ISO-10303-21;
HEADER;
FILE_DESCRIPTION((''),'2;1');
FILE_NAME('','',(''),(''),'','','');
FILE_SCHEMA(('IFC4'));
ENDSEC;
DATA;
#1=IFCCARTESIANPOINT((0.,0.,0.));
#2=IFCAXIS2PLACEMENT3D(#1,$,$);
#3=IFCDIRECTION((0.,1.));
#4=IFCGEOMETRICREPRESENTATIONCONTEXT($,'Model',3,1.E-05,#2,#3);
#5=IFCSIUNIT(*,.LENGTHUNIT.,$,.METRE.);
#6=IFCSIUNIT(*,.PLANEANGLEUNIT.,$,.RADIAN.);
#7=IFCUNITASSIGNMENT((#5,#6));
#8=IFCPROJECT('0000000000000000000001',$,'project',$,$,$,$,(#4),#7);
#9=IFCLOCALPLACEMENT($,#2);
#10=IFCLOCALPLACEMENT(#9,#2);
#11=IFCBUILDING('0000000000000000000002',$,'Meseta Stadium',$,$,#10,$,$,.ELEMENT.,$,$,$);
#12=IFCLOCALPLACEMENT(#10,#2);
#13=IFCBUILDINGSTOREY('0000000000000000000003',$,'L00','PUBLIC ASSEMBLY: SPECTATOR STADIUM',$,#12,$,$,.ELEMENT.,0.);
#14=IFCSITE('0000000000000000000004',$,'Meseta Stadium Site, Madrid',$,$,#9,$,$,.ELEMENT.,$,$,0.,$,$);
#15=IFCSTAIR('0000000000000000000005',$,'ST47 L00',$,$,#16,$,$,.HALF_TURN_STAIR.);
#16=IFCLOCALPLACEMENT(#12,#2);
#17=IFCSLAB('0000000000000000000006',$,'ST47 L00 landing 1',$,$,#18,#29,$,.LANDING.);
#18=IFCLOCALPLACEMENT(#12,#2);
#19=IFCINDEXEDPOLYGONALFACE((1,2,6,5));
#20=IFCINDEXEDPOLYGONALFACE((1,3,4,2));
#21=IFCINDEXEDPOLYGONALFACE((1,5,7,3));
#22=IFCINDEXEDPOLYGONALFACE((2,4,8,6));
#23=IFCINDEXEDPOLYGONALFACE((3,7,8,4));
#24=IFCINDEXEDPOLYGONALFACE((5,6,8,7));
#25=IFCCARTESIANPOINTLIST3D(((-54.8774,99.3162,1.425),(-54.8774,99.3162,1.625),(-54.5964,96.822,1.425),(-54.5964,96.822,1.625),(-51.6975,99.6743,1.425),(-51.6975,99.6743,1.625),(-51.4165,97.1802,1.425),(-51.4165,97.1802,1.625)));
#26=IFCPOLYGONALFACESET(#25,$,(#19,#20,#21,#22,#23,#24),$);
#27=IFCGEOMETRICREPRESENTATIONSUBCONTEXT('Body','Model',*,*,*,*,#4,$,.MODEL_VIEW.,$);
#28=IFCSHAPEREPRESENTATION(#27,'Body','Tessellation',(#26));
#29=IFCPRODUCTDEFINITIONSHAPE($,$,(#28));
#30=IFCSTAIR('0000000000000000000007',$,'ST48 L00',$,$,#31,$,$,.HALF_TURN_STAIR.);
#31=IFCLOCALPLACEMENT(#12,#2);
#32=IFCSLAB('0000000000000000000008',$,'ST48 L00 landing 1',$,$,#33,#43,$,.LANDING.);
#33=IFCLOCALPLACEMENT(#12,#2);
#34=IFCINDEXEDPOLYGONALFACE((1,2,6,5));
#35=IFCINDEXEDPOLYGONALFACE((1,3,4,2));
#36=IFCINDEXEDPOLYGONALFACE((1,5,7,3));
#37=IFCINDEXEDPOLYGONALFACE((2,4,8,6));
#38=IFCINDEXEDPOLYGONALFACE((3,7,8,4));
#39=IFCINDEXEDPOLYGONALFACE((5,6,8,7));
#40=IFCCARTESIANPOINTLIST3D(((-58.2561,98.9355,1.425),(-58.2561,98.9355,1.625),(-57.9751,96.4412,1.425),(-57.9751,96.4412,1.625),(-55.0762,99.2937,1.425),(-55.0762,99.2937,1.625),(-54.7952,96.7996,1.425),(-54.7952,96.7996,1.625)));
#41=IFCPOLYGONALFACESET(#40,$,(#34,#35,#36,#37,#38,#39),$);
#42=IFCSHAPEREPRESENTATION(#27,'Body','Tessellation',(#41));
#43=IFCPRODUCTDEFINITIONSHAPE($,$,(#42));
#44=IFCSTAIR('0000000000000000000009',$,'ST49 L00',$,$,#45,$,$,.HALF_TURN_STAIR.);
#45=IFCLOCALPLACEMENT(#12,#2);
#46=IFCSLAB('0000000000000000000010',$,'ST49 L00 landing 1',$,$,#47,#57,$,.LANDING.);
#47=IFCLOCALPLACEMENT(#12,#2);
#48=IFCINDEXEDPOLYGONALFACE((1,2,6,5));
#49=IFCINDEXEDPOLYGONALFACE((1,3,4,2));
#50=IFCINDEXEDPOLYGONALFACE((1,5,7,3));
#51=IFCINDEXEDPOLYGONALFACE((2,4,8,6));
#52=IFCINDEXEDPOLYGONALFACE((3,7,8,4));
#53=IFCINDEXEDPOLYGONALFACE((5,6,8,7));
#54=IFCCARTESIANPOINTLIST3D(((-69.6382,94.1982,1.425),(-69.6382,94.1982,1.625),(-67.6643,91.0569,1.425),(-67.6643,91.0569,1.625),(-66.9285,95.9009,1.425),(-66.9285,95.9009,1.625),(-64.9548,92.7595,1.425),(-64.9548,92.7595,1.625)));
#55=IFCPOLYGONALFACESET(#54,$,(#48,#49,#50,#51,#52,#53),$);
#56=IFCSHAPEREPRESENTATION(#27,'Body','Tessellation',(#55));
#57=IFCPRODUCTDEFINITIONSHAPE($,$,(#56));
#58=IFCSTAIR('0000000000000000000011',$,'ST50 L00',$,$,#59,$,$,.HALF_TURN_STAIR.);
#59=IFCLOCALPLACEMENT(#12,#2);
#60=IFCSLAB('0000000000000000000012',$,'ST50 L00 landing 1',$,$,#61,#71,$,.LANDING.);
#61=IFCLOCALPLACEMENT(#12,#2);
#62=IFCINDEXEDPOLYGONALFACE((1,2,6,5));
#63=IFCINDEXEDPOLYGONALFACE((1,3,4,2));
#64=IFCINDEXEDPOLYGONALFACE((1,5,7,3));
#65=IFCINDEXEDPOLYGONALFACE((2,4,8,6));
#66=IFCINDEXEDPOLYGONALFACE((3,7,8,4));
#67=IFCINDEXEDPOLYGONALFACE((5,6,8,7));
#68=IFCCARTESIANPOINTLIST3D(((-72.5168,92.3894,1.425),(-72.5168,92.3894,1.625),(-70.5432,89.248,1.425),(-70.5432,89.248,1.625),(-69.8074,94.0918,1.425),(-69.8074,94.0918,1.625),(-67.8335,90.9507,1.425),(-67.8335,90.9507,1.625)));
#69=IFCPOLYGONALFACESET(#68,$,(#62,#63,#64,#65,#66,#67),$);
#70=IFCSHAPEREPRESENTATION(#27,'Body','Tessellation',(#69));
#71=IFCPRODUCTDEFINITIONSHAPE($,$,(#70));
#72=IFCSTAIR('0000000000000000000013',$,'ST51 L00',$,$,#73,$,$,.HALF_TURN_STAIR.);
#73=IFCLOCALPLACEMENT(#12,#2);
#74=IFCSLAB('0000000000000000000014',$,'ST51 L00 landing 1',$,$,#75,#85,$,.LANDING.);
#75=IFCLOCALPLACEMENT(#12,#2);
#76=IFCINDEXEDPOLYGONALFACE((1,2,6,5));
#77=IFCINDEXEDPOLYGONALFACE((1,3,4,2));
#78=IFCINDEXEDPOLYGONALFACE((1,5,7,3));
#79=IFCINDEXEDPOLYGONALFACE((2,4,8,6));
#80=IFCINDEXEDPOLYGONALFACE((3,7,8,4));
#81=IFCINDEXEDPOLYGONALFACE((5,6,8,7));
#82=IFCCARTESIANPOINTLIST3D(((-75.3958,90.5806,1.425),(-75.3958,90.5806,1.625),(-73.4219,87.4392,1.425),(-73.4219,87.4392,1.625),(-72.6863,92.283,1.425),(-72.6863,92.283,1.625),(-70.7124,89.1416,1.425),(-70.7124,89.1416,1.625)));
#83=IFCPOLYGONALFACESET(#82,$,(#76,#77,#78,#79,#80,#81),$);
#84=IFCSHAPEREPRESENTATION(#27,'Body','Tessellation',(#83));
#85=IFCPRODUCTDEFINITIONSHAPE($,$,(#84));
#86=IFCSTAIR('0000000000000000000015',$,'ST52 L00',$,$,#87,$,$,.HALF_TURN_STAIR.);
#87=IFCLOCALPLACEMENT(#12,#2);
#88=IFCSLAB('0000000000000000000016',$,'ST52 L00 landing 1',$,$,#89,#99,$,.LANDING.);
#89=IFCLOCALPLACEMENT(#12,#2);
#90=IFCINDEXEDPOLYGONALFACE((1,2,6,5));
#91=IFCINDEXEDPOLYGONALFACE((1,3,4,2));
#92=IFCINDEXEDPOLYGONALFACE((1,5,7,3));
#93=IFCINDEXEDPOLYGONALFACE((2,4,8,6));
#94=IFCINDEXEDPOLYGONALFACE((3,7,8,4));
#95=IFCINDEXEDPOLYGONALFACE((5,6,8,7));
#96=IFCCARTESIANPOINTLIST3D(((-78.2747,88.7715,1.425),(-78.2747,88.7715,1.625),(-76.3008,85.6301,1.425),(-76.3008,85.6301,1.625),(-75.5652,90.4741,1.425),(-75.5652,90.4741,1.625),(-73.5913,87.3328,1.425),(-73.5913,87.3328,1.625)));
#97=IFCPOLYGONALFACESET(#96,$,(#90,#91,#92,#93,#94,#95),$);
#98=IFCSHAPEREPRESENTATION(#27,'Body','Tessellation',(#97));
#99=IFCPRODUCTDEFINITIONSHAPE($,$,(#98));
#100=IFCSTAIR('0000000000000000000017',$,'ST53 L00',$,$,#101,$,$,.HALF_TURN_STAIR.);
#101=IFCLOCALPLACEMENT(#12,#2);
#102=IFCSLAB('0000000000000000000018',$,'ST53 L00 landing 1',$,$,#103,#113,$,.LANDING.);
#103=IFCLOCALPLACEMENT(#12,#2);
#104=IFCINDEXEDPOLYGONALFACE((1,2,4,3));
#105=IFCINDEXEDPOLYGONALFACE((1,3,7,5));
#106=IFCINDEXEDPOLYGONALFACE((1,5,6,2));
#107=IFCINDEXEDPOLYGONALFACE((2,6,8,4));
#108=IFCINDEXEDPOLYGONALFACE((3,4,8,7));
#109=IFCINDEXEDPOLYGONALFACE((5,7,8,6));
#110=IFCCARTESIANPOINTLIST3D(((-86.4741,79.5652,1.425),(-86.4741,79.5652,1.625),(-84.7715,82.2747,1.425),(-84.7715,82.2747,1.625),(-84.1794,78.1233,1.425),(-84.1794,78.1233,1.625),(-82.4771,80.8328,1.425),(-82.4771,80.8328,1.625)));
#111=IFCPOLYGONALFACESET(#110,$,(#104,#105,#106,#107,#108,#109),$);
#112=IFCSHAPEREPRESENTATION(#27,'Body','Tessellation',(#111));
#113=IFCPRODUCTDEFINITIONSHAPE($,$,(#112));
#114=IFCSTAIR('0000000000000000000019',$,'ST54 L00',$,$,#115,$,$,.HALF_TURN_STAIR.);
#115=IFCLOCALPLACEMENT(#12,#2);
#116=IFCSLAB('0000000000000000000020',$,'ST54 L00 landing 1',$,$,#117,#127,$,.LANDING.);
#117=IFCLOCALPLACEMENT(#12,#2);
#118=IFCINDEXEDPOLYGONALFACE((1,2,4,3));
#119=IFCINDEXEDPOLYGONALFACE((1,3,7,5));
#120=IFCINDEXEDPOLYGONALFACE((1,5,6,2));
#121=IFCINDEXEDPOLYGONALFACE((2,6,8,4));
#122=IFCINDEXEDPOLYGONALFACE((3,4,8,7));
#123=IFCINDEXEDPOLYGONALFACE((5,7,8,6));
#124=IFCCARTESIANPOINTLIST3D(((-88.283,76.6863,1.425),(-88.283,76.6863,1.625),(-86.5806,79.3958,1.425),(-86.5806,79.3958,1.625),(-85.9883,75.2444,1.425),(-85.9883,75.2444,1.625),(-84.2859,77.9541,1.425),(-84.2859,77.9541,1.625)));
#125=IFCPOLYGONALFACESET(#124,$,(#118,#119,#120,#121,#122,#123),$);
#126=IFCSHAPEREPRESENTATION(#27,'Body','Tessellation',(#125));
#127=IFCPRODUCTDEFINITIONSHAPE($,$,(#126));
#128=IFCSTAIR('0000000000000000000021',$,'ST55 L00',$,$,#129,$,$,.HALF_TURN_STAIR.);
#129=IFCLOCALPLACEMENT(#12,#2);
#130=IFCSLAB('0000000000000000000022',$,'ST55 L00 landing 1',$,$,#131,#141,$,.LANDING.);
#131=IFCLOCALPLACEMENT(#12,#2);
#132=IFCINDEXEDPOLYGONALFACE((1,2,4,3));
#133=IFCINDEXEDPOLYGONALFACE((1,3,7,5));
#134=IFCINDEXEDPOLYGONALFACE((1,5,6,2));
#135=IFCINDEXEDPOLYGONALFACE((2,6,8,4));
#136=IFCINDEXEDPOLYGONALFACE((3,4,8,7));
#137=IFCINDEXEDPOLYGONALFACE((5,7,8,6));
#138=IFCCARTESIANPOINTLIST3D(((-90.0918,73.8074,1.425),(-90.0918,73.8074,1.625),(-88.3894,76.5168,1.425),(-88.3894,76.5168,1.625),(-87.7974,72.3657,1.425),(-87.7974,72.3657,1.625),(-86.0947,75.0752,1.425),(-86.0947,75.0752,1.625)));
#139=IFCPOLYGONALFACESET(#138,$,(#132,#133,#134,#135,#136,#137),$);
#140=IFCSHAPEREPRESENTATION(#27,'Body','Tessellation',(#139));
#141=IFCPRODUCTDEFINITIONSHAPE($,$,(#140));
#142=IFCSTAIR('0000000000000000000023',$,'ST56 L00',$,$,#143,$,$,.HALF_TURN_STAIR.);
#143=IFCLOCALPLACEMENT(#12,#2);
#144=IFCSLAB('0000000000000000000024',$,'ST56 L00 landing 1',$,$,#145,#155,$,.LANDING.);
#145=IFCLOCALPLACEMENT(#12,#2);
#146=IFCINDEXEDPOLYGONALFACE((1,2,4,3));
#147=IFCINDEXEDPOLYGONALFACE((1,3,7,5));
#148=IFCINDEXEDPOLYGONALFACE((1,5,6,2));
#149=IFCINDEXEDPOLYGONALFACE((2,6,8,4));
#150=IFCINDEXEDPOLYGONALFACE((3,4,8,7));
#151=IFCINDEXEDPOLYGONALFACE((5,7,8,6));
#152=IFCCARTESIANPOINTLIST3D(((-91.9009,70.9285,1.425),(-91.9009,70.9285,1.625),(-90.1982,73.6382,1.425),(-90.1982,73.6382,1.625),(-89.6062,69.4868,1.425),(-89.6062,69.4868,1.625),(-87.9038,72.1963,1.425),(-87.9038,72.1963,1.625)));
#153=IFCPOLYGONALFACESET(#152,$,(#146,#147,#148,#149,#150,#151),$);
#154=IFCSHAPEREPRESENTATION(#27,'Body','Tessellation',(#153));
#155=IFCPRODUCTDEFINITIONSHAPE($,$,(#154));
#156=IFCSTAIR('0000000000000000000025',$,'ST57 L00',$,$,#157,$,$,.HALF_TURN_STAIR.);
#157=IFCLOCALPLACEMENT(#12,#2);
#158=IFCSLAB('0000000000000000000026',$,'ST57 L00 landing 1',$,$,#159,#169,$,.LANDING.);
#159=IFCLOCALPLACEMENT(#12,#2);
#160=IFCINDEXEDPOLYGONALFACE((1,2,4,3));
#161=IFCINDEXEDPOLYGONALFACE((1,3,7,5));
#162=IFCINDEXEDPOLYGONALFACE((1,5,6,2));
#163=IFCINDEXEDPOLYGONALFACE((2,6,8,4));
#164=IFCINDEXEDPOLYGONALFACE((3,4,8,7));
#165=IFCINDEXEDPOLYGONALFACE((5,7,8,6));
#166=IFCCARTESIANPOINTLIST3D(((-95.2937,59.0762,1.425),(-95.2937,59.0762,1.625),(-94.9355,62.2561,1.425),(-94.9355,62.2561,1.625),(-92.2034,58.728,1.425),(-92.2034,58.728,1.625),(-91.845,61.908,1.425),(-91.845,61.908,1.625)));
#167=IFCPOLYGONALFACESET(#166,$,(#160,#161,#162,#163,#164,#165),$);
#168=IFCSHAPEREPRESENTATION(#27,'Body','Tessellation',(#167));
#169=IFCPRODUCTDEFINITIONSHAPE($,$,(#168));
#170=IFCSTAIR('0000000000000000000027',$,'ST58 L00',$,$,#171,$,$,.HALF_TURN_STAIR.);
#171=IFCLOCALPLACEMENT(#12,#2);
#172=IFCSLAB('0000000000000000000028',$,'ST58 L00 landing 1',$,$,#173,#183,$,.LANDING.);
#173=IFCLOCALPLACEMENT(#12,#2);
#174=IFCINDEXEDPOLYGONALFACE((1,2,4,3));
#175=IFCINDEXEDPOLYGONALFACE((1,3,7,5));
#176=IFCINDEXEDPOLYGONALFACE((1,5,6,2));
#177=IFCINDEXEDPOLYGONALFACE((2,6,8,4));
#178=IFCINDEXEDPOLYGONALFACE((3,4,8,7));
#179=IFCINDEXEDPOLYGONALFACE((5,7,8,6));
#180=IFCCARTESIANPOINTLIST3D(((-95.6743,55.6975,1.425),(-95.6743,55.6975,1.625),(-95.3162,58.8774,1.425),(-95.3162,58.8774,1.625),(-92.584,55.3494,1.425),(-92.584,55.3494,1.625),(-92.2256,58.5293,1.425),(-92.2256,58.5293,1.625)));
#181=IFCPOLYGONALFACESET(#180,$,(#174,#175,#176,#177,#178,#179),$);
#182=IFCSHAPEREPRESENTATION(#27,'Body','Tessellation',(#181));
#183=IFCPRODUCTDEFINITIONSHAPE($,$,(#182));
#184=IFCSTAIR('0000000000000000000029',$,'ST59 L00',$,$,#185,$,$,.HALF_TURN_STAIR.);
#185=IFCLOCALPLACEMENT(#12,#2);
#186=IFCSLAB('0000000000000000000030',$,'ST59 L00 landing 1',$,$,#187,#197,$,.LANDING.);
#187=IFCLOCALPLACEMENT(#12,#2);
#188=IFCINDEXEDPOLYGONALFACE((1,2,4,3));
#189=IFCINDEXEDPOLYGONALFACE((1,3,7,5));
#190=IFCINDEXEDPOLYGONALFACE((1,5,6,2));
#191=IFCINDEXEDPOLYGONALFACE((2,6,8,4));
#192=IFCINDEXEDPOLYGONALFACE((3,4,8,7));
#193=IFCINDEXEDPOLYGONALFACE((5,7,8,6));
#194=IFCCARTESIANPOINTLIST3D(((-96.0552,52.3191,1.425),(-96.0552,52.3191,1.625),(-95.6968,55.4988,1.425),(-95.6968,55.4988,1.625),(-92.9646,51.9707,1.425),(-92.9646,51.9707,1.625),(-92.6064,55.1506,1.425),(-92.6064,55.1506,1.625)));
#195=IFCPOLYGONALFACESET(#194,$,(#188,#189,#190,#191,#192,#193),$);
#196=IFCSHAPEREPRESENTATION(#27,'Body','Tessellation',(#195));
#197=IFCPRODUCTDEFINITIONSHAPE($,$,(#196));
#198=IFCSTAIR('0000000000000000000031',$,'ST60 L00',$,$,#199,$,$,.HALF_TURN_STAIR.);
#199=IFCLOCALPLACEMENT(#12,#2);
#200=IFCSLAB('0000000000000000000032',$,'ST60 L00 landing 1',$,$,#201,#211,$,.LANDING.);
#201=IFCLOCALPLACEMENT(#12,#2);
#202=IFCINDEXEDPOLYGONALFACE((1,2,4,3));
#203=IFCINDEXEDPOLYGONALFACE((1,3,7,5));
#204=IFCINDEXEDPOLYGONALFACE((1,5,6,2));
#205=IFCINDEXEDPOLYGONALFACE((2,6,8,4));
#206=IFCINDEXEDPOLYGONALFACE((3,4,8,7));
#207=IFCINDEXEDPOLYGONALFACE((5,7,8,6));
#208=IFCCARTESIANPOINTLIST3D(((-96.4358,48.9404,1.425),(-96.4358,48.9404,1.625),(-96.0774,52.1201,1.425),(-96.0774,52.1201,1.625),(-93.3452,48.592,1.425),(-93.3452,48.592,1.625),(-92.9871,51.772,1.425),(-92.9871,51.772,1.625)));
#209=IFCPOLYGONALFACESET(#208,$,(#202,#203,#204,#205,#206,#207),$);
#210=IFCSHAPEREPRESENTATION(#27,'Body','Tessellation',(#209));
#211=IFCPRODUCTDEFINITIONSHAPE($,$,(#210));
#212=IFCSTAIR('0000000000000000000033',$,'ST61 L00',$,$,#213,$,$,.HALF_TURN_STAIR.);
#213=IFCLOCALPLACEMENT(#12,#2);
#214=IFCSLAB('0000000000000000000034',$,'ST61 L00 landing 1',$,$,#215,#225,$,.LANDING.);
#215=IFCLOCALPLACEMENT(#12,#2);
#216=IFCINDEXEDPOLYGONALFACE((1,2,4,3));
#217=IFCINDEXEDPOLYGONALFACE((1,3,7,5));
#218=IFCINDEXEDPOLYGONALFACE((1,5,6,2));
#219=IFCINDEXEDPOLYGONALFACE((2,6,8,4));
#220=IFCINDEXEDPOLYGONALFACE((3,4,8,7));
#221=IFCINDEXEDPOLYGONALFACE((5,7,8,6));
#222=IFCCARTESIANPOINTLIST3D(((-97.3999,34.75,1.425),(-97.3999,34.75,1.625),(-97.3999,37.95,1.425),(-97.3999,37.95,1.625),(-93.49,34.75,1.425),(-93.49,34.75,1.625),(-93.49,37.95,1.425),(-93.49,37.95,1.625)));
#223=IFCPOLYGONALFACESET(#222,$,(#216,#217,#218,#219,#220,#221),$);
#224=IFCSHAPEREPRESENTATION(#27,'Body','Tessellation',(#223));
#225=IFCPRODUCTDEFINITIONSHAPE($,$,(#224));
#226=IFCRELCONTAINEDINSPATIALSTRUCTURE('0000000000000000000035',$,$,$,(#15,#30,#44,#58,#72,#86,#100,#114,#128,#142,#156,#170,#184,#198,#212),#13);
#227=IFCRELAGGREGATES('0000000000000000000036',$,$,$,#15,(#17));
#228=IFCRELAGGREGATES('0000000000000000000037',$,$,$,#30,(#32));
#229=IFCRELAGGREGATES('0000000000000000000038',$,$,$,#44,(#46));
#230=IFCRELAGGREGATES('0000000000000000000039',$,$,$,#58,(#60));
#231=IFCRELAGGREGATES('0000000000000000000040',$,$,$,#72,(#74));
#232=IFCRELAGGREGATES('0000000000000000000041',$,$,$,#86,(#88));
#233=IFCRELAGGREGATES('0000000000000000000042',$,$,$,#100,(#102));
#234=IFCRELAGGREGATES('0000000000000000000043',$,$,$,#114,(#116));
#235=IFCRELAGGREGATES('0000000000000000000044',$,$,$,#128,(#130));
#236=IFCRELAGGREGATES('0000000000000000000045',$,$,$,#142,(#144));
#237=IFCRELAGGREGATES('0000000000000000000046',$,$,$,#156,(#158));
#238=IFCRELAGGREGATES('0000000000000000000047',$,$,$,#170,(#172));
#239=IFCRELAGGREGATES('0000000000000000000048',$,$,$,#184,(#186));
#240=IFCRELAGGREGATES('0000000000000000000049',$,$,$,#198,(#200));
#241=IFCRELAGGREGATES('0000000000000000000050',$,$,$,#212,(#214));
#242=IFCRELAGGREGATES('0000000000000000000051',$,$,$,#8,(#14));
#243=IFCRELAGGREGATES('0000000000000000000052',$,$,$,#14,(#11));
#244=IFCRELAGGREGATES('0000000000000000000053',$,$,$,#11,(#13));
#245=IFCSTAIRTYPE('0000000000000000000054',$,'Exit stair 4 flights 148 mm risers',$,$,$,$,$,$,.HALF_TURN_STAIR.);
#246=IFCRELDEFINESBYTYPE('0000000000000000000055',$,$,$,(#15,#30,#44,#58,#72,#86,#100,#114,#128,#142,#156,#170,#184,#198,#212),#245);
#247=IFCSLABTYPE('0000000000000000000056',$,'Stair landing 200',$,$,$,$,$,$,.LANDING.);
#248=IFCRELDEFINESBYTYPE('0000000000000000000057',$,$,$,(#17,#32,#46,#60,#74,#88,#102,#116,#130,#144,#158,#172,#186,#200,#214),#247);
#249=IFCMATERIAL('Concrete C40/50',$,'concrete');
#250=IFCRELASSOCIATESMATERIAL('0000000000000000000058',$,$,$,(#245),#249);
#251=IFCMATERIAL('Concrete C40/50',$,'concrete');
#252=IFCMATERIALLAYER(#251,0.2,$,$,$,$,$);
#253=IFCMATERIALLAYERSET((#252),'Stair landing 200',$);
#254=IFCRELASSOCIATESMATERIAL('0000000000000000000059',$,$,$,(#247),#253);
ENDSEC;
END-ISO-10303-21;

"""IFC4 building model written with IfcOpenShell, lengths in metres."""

from ifc_helpers import new_model, si_unit, direction, frame, origin, place, context, subcontext, project, spatial, polyline, outline, extrude, material, layer, layer_set, type_object, element, aggregate, save


model = new_model("IFC4")

# Units and contexts
model_context = context("Model", 3, precision=1e-05, world=origin(), true_north=direction((0.0, 1.0)))
body_context = subcontext(model_context, "Body", "Model", "MODEL_VIEW")
ifc_project = project(units=[si_unit("LENGTHUNIT", "METRE"), si_unit("PLANEANGLEUNIT", "RADIAN")], contexts=[model_context])

# Site, building, storey
site_placement = place(None, origin())
site = spatial("IfcSite", under=ifc_project, at=site_placement, Name="Meseta Stadium Site, Madrid", CompositionType="ELEMENT", RefElevation=0.0)
building_placement = place(site_placement, origin())
building = spatial("IfcBuilding", under=site, at=building_placement, Name="Meseta Stadium", CompositionType="ELEMENT")
storey_placement = place(building_placement, origin())
storey = spatial("IfcBuildingStorey", under=building, at=storey_placement, Name="L00", Description="PUBLIC ASSEMBLY: SPECTATOR STADIUM", CompositionType="ELEMENT", Elevation=0.0)

# Stairs, slabs
ifc_material_1 = material(Name="Concrete C40/50", Category="concrete")
stair_type = type_object("IfcStairType", Name="Exit stair 4 flights 148 mm risers", PredefinedType="HALF_TURN_STAIR", material=ifc_material_1)
stair_1_placement = place(storey_placement, origin())
stair_1 = element("IfcStair", 1, at=stair_1_placement, inside=storey, type_object=stair_type, Name="ST47 L00", PredefinedType="HALF_TURN_STAIR")
ifc_material_2 = material(Name="Concrete C40/50", Category="concrete")
ifc_layer = layer(ifc_material_2, 0.2)
ifc_layer_set = layer_set([ifc_layer], Name="Stair landing 200")
slab_type = type_object("IfcSlabType", Name="Stair landing 200", PredefinedType="LANDING", material=ifc_layer_set)
slab_1_placement = place(storey_placement, frame((0.0, 0.0, 1.425)))
slab_1 = element("IfcSlab", 2, at=slab_1_placement, type_object=slab_type, Name="ST47 L00 landing 1", PredefinedType="LANDING", context=body_context, shape_type="SweptSolid", body=[
    extrude(outline(polyline([(-51.4165, 97.1802), (-51.6975, 99.6743), (-54.8774, 99.3162), (-54.5964, 96.822), (-51.4165, 97.1802)])), origin(), (0.0, 0.0, 1.0), 0.2),
])
aggregate(stair_1, [slab_1])
stair_2_placement = place(storey_placement, origin())
stair_2 = element("IfcStair", 3, at=stair_2_placement, inside=storey, type_object=stair_type, Name="ST48 L00", PredefinedType="HALF_TURN_STAIR")
slab_2_placement = place(storey_placement, frame((0.0, 0.0, 1.425)))
slab_2 = element("IfcSlab", 4, at=slab_2_placement, type_object=slab_type, Name="ST48 L00 landing 1", PredefinedType="LANDING", context=body_context, shape_type="SweptSolid", body=[
    extrude(outline(polyline([(-54.7952, 96.7996), (-55.0762, 99.2937), (-58.2561, 98.9355), (-57.9751, 96.4412), (-54.7952, 96.7996)])), origin(), (0.0, 0.0, 1.0), 0.2),
])
aggregate(stair_2, [slab_2])
stair_3_placement = place(storey_placement, origin())
stair_3 = element("IfcStair", 5, at=stair_3_placement, inside=storey, type_object=stair_type, Name="ST49 L00", PredefinedType="HALF_TURN_STAIR")
slab_3_placement = place(storey_placement, frame((0.0, 0.0, 1.425)))
slab_3 = element("IfcSlab", 6, at=slab_3_placement, type_object=slab_type, Name="ST49 L00 landing 1", PredefinedType="LANDING", context=body_context, shape_type="SweptSolid", body=[
    extrude(outline(polyline([(-64.9548, 92.7595), (-66.9285, 95.9009), (-69.6382, 94.1982), (-67.6643, 91.0569), (-64.9548, 92.7595)])), origin(), (0.0, 0.0, 1.0), 0.2),
])
aggregate(stair_3, [slab_3])
stair_4_placement = place(storey_placement, origin())
stair_4 = element("IfcStair", 7, at=stair_4_placement, inside=storey, type_object=stair_type, Name="ST50 L00", PredefinedType="HALF_TURN_STAIR")
slab_4_placement = place(storey_placement, frame((0.0, 0.0, 1.425)))
slab_4 = element("IfcSlab", 8, at=slab_4_placement, type_object=slab_type, Name="ST50 L00 landing 1", PredefinedType="LANDING", context=body_context, shape_type="SweptSolid", body=[
    extrude(outline(polyline([(-67.8335, 90.9507), (-69.8074, 94.0918), (-72.5168, 92.3894), (-70.5432, 89.248), (-67.8335, 90.9507)])), origin(), (0.0, 0.0, 1.0), 0.2),
])
aggregate(stair_4, [slab_4])
stair_5_placement = place(storey_placement, origin())
stair_5 = element("IfcStair", 9, at=stair_5_placement, inside=storey, type_object=stair_type, Name="ST51 L00", PredefinedType="HALF_TURN_STAIR")
slab_5_placement = place(storey_placement, frame((0.0, 0.0, 1.425)))
slab_5 = element("IfcSlab", 10, at=slab_5_placement, type_object=slab_type, Name="ST51 L00 landing 1", PredefinedType="LANDING", context=body_context, shape_type="SweptSolid", body=[
    extrude(outline(polyline([(-70.7124, 89.1416), (-72.6863, 92.283), (-75.3958, 90.5806), (-73.4219, 87.4392), (-70.7124, 89.1416)])), origin(), (0.0, 0.0, 1.0), 0.2),
])
aggregate(stair_5, [slab_5])
stair_6_placement = place(storey_placement, origin())
stair_6 = element("IfcStair", 11, at=stair_6_placement, inside=storey, type_object=stair_type, Name="ST52 L00", PredefinedType="HALF_TURN_STAIR")
slab_6_placement = place(storey_placement, frame((0.0, 0.0, 1.425)))
slab_6 = element("IfcSlab", 12, at=slab_6_placement, type_object=slab_type, Name="ST52 L00 landing 1", PredefinedType="LANDING", context=body_context, shape_type="SweptSolid", body=[
    extrude(outline(polyline([(-73.5913, 87.3328), (-75.5652, 90.4741), (-78.2747, 88.7715), (-76.3008, 85.6301), (-73.5913, 87.3328)])), origin(), (0.0, 0.0, 1.0), 0.2),
])
aggregate(stair_6, [slab_6])
stair_7_placement = place(storey_placement, origin())
stair_7 = element("IfcStair", 13, at=stair_7_placement, inside=storey, type_object=stair_type, Name="ST53 L00", PredefinedType="HALF_TURN_STAIR")
slab_7_placement = place(storey_placement, frame((0.0, 0.0, 1.425)))
slab_7 = element("IfcSlab", 14, at=slab_7_placement, type_object=slab_type, Name="ST53 L00 landing 1", PredefinedType="LANDING", context=body_context, shape_type="SweptSolid", body=[
    extrude(outline(polyline([(-82.4771, 80.8328), (-84.7715, 82.2747), (-86.4741, 79.5652), (-84.1794, 78.1233), (-82.4771, 80.8328)])), origin(), (0.0, 0.0, 1.0), 0.2),
])
aggregate(stair_7, [slab_7])
stair_8_placement = place(storey_placement, origin())
stair_8 = element("IfcStair", 15, at=stair_8_placement, inside=storey, type_object=stair_type, Name="ST54 L00", PredefinedType="HALF_TURN_STAIR")
slab_8_placement = place(storey_placement, frame((0.0, 0.0, 1.425)))
slab_8 = element("IfcSlab", 16, at=slab_8_placement, type_object=slab_type, Name="ST54 L00 landing 1", PredefinedType="LANDING", context=body_context, shape_type="SweptSolid", body=[
    extrude(outline(polyline([(-84.2859, 77.9541), (-86.5806, 79.3958), (-88.283, 76.6863), (-85.9883, 75.2444), (-84.2859, 77.9541)])), origin(), (0.0, 0.0, 1.0), 0.2),
])
aggregate(stair_8, [slab_8])
stair_9_placement = place(storey_placement, origin())
stair_9 = element("IfcStair", 17, at=stair_9_placement, inside=storey, type_object=stair_type, Name="ST55 L00", PredefinedType="HALF_TURN_STAIR")
slab_9_placement = place(storey_placement, frame((0.0, 0.0, 1.425)))
slab_9 = element("IfcSlab", 18, at=slab_9_placement, type_object=slab_type, Name="ST55 L00 landing 1", PredefinedType="LANDING", context=body_context, shape_type="SweptSolid", body=[
    extrude(outline(polyline([(-86.0947, 75.0752), (-88.3894, 76.5168), (-90.0918, 73.8074), (-87.7974, 72.3657), (-86.0947, 75.0752)])), origin(), (0.0, 0.0, 1.0), 0.2),
])
aggregate(stair_9, [slab_9])
stair_10_placement = place(storey_placement, origin())
stair_10 = element("IfcStair", 19, at=stair_10_placement, inside=storey, type_object=stair_type, Name="ST56 L00", PredefinedType="HALF_TURN_STAIR")
slab_10_placement = place(storey_placement, frame((0.0, 0.0, 1.425)))
slab_10 = element("IfcSlab", 20, at=slab_10_placement, type_object=slab_type, Name="ST56 L00 landing 1", PredefinedType="LANDING", context=body_context, shape_type="SweptSolid", body=[
    extrude(outline(polyline([(-87.9038, 72.1963), (-90.1982, 73.6382), (-91.9009, 70.9285), (-89.6062, 69.4868), (-87.9038, 72.1963)])), origin(), (0.0, 0.0, 1.0), 0.2),
])
aggregate(stair_10, [slab_10])
stair_11_placement = place(storey_placement, origin())
stair_11 = element("IfcStair", 21, at=stair_11_placement, inside=storey, type_object=stair_type, Name="ST57 L00", PredefinedType="HALF_TURN_STAIR")
slab_11_placement = place(storey_placement, frame((0.0, 0.0, 1.425)))
slab_11 = element("IfcSlab", 22, at=slab_11_placement, type_object=slab_type, Name="ST57 L00 landing 1", PredefinedType="LANDING", context=body_context, shape_type="SweptSolid", body=[
    extrude(outline(polyline([(-91.845, 61.908), (-94.9355, 62.2561), (-95.2937, 59.0762), (-92.2034, 58.728), (-91.845, 61.908)])), origin(), (0.0, 0.0, 1.0), 0.2),
])
aggregate(stair_11, [slab_11])
stair_12_placement = place(storey_placement, origin())
stair_12 = element("IfcStair", 23, at=stair_12_placement, inside=storey, type_object=stair_type, Name="ST58 L00", PredefinedType="HALF_TURN_STAIR")
slab_12_placement = place(storey_placement, frame((0.0, 0.0, 1.425)))
slab_12 = element("IfcSlab", 24, at=slab_12_placement, type_object=slab_type, Name="ST58 L00 landing 1", PredefinedType="LANDING", context=body_context, shape_type="SweptSolid", body=[
    extrude(outline(polyline([(-92.2256, 58.5293), (-95.3162, 58.8774), (-95.6743, 55.6975), (-92.584, 55.3494), (-92.2256, 58.5293)])), origin(), (0.0, 0.0, 1.0), 0.2),
])
aggregate(stair_12, [slab_12])
stair_13_placement = place(storey_placement, origin())
stair_13 = element("IfcStair", 25, at=stair_13_placement, inside=storey, type_object=stair_type, Name="ST59 L00", PredefinedType="HALF_TURN_STAIR")
slab_13_placement = place(storey_placement, frame((0.0, 0.0, 1.425)))
slab_13 = element("IfcSlab", 26, at=slab_13_placement, type_object=slab_type, Name="ST59 L00 landing 1", PredefinedType="LANDING", context=body_context, shape_type="SweptSolid", body=[
    extrude(outline(polyline([(-92.6064, 55.1506), (-95.6968, 55.4988), (-96.0552, 52.3191), (-92.9646, 51.9707), (-92.6064, 55.1506)])), origin(), (0.0, 0.0, 1.0), 0.2),
])
aggregate(stair_13, [slab_13])
stair_14_placement = place(storey_placement, origin())
stair_14 = element("IfcStair", 27, at=stair_14_placement, inside=storey, type_object=stair_type, Name="ST60 L00", PredefinedType="HALF_TURN_STAIR")
slab_14_placement = place(storey_placement, frame((0.0, 0.0, 1.425)))
slab_14 = element("IfcSlab", 28, at=slab_14_placement, type_object=slab_type, Name="ST60 L00 landing 1", PredefinedType="LANDING", context=body_context, shape_type="SweptSolid", body=[
    extrude(outline(polyline([(-92.9871, 51.772), (-96.0774, 52.1201), (-96.4358, 48.9404), (-93.3452, 48.592), (-92.9871, 51.772)])), origin(), (0.0, 0.0, 1.0), 0.2),
])
aggregate(stair_14, [slab_14])
stair_15_placement = place(storey_placement, origin())
stair_15 = element("IfcStair", 29, at=stair_15_placement, inside=storey, type_object=stair_type, Name="ST61 L00", PredefinedType="HALF_TURN_STAIR")
slab_15_placement = place(storey_placement, frame((0.0, 0.0, 1.425)))
slab_15 = element("IfcSlab", 30, at=slab_15_placement, type_object=slab_type, Name="ST61 L00 landing 1", PredefinedType="LANDING", context=body_context, shape_type="SweptSolid", body=[
    extrude(outline(polyline([(-93.49, 37.95), (-97.3999, 37.95), (-97.3999, 34.75), (-93.49, 34.75), (-93.49, 37.95)])), origin(), (0.0, 0.0, 1.0), 0.2),
])
aggregate(stair_15, [slab_15])

save(model, "model.ifc")
